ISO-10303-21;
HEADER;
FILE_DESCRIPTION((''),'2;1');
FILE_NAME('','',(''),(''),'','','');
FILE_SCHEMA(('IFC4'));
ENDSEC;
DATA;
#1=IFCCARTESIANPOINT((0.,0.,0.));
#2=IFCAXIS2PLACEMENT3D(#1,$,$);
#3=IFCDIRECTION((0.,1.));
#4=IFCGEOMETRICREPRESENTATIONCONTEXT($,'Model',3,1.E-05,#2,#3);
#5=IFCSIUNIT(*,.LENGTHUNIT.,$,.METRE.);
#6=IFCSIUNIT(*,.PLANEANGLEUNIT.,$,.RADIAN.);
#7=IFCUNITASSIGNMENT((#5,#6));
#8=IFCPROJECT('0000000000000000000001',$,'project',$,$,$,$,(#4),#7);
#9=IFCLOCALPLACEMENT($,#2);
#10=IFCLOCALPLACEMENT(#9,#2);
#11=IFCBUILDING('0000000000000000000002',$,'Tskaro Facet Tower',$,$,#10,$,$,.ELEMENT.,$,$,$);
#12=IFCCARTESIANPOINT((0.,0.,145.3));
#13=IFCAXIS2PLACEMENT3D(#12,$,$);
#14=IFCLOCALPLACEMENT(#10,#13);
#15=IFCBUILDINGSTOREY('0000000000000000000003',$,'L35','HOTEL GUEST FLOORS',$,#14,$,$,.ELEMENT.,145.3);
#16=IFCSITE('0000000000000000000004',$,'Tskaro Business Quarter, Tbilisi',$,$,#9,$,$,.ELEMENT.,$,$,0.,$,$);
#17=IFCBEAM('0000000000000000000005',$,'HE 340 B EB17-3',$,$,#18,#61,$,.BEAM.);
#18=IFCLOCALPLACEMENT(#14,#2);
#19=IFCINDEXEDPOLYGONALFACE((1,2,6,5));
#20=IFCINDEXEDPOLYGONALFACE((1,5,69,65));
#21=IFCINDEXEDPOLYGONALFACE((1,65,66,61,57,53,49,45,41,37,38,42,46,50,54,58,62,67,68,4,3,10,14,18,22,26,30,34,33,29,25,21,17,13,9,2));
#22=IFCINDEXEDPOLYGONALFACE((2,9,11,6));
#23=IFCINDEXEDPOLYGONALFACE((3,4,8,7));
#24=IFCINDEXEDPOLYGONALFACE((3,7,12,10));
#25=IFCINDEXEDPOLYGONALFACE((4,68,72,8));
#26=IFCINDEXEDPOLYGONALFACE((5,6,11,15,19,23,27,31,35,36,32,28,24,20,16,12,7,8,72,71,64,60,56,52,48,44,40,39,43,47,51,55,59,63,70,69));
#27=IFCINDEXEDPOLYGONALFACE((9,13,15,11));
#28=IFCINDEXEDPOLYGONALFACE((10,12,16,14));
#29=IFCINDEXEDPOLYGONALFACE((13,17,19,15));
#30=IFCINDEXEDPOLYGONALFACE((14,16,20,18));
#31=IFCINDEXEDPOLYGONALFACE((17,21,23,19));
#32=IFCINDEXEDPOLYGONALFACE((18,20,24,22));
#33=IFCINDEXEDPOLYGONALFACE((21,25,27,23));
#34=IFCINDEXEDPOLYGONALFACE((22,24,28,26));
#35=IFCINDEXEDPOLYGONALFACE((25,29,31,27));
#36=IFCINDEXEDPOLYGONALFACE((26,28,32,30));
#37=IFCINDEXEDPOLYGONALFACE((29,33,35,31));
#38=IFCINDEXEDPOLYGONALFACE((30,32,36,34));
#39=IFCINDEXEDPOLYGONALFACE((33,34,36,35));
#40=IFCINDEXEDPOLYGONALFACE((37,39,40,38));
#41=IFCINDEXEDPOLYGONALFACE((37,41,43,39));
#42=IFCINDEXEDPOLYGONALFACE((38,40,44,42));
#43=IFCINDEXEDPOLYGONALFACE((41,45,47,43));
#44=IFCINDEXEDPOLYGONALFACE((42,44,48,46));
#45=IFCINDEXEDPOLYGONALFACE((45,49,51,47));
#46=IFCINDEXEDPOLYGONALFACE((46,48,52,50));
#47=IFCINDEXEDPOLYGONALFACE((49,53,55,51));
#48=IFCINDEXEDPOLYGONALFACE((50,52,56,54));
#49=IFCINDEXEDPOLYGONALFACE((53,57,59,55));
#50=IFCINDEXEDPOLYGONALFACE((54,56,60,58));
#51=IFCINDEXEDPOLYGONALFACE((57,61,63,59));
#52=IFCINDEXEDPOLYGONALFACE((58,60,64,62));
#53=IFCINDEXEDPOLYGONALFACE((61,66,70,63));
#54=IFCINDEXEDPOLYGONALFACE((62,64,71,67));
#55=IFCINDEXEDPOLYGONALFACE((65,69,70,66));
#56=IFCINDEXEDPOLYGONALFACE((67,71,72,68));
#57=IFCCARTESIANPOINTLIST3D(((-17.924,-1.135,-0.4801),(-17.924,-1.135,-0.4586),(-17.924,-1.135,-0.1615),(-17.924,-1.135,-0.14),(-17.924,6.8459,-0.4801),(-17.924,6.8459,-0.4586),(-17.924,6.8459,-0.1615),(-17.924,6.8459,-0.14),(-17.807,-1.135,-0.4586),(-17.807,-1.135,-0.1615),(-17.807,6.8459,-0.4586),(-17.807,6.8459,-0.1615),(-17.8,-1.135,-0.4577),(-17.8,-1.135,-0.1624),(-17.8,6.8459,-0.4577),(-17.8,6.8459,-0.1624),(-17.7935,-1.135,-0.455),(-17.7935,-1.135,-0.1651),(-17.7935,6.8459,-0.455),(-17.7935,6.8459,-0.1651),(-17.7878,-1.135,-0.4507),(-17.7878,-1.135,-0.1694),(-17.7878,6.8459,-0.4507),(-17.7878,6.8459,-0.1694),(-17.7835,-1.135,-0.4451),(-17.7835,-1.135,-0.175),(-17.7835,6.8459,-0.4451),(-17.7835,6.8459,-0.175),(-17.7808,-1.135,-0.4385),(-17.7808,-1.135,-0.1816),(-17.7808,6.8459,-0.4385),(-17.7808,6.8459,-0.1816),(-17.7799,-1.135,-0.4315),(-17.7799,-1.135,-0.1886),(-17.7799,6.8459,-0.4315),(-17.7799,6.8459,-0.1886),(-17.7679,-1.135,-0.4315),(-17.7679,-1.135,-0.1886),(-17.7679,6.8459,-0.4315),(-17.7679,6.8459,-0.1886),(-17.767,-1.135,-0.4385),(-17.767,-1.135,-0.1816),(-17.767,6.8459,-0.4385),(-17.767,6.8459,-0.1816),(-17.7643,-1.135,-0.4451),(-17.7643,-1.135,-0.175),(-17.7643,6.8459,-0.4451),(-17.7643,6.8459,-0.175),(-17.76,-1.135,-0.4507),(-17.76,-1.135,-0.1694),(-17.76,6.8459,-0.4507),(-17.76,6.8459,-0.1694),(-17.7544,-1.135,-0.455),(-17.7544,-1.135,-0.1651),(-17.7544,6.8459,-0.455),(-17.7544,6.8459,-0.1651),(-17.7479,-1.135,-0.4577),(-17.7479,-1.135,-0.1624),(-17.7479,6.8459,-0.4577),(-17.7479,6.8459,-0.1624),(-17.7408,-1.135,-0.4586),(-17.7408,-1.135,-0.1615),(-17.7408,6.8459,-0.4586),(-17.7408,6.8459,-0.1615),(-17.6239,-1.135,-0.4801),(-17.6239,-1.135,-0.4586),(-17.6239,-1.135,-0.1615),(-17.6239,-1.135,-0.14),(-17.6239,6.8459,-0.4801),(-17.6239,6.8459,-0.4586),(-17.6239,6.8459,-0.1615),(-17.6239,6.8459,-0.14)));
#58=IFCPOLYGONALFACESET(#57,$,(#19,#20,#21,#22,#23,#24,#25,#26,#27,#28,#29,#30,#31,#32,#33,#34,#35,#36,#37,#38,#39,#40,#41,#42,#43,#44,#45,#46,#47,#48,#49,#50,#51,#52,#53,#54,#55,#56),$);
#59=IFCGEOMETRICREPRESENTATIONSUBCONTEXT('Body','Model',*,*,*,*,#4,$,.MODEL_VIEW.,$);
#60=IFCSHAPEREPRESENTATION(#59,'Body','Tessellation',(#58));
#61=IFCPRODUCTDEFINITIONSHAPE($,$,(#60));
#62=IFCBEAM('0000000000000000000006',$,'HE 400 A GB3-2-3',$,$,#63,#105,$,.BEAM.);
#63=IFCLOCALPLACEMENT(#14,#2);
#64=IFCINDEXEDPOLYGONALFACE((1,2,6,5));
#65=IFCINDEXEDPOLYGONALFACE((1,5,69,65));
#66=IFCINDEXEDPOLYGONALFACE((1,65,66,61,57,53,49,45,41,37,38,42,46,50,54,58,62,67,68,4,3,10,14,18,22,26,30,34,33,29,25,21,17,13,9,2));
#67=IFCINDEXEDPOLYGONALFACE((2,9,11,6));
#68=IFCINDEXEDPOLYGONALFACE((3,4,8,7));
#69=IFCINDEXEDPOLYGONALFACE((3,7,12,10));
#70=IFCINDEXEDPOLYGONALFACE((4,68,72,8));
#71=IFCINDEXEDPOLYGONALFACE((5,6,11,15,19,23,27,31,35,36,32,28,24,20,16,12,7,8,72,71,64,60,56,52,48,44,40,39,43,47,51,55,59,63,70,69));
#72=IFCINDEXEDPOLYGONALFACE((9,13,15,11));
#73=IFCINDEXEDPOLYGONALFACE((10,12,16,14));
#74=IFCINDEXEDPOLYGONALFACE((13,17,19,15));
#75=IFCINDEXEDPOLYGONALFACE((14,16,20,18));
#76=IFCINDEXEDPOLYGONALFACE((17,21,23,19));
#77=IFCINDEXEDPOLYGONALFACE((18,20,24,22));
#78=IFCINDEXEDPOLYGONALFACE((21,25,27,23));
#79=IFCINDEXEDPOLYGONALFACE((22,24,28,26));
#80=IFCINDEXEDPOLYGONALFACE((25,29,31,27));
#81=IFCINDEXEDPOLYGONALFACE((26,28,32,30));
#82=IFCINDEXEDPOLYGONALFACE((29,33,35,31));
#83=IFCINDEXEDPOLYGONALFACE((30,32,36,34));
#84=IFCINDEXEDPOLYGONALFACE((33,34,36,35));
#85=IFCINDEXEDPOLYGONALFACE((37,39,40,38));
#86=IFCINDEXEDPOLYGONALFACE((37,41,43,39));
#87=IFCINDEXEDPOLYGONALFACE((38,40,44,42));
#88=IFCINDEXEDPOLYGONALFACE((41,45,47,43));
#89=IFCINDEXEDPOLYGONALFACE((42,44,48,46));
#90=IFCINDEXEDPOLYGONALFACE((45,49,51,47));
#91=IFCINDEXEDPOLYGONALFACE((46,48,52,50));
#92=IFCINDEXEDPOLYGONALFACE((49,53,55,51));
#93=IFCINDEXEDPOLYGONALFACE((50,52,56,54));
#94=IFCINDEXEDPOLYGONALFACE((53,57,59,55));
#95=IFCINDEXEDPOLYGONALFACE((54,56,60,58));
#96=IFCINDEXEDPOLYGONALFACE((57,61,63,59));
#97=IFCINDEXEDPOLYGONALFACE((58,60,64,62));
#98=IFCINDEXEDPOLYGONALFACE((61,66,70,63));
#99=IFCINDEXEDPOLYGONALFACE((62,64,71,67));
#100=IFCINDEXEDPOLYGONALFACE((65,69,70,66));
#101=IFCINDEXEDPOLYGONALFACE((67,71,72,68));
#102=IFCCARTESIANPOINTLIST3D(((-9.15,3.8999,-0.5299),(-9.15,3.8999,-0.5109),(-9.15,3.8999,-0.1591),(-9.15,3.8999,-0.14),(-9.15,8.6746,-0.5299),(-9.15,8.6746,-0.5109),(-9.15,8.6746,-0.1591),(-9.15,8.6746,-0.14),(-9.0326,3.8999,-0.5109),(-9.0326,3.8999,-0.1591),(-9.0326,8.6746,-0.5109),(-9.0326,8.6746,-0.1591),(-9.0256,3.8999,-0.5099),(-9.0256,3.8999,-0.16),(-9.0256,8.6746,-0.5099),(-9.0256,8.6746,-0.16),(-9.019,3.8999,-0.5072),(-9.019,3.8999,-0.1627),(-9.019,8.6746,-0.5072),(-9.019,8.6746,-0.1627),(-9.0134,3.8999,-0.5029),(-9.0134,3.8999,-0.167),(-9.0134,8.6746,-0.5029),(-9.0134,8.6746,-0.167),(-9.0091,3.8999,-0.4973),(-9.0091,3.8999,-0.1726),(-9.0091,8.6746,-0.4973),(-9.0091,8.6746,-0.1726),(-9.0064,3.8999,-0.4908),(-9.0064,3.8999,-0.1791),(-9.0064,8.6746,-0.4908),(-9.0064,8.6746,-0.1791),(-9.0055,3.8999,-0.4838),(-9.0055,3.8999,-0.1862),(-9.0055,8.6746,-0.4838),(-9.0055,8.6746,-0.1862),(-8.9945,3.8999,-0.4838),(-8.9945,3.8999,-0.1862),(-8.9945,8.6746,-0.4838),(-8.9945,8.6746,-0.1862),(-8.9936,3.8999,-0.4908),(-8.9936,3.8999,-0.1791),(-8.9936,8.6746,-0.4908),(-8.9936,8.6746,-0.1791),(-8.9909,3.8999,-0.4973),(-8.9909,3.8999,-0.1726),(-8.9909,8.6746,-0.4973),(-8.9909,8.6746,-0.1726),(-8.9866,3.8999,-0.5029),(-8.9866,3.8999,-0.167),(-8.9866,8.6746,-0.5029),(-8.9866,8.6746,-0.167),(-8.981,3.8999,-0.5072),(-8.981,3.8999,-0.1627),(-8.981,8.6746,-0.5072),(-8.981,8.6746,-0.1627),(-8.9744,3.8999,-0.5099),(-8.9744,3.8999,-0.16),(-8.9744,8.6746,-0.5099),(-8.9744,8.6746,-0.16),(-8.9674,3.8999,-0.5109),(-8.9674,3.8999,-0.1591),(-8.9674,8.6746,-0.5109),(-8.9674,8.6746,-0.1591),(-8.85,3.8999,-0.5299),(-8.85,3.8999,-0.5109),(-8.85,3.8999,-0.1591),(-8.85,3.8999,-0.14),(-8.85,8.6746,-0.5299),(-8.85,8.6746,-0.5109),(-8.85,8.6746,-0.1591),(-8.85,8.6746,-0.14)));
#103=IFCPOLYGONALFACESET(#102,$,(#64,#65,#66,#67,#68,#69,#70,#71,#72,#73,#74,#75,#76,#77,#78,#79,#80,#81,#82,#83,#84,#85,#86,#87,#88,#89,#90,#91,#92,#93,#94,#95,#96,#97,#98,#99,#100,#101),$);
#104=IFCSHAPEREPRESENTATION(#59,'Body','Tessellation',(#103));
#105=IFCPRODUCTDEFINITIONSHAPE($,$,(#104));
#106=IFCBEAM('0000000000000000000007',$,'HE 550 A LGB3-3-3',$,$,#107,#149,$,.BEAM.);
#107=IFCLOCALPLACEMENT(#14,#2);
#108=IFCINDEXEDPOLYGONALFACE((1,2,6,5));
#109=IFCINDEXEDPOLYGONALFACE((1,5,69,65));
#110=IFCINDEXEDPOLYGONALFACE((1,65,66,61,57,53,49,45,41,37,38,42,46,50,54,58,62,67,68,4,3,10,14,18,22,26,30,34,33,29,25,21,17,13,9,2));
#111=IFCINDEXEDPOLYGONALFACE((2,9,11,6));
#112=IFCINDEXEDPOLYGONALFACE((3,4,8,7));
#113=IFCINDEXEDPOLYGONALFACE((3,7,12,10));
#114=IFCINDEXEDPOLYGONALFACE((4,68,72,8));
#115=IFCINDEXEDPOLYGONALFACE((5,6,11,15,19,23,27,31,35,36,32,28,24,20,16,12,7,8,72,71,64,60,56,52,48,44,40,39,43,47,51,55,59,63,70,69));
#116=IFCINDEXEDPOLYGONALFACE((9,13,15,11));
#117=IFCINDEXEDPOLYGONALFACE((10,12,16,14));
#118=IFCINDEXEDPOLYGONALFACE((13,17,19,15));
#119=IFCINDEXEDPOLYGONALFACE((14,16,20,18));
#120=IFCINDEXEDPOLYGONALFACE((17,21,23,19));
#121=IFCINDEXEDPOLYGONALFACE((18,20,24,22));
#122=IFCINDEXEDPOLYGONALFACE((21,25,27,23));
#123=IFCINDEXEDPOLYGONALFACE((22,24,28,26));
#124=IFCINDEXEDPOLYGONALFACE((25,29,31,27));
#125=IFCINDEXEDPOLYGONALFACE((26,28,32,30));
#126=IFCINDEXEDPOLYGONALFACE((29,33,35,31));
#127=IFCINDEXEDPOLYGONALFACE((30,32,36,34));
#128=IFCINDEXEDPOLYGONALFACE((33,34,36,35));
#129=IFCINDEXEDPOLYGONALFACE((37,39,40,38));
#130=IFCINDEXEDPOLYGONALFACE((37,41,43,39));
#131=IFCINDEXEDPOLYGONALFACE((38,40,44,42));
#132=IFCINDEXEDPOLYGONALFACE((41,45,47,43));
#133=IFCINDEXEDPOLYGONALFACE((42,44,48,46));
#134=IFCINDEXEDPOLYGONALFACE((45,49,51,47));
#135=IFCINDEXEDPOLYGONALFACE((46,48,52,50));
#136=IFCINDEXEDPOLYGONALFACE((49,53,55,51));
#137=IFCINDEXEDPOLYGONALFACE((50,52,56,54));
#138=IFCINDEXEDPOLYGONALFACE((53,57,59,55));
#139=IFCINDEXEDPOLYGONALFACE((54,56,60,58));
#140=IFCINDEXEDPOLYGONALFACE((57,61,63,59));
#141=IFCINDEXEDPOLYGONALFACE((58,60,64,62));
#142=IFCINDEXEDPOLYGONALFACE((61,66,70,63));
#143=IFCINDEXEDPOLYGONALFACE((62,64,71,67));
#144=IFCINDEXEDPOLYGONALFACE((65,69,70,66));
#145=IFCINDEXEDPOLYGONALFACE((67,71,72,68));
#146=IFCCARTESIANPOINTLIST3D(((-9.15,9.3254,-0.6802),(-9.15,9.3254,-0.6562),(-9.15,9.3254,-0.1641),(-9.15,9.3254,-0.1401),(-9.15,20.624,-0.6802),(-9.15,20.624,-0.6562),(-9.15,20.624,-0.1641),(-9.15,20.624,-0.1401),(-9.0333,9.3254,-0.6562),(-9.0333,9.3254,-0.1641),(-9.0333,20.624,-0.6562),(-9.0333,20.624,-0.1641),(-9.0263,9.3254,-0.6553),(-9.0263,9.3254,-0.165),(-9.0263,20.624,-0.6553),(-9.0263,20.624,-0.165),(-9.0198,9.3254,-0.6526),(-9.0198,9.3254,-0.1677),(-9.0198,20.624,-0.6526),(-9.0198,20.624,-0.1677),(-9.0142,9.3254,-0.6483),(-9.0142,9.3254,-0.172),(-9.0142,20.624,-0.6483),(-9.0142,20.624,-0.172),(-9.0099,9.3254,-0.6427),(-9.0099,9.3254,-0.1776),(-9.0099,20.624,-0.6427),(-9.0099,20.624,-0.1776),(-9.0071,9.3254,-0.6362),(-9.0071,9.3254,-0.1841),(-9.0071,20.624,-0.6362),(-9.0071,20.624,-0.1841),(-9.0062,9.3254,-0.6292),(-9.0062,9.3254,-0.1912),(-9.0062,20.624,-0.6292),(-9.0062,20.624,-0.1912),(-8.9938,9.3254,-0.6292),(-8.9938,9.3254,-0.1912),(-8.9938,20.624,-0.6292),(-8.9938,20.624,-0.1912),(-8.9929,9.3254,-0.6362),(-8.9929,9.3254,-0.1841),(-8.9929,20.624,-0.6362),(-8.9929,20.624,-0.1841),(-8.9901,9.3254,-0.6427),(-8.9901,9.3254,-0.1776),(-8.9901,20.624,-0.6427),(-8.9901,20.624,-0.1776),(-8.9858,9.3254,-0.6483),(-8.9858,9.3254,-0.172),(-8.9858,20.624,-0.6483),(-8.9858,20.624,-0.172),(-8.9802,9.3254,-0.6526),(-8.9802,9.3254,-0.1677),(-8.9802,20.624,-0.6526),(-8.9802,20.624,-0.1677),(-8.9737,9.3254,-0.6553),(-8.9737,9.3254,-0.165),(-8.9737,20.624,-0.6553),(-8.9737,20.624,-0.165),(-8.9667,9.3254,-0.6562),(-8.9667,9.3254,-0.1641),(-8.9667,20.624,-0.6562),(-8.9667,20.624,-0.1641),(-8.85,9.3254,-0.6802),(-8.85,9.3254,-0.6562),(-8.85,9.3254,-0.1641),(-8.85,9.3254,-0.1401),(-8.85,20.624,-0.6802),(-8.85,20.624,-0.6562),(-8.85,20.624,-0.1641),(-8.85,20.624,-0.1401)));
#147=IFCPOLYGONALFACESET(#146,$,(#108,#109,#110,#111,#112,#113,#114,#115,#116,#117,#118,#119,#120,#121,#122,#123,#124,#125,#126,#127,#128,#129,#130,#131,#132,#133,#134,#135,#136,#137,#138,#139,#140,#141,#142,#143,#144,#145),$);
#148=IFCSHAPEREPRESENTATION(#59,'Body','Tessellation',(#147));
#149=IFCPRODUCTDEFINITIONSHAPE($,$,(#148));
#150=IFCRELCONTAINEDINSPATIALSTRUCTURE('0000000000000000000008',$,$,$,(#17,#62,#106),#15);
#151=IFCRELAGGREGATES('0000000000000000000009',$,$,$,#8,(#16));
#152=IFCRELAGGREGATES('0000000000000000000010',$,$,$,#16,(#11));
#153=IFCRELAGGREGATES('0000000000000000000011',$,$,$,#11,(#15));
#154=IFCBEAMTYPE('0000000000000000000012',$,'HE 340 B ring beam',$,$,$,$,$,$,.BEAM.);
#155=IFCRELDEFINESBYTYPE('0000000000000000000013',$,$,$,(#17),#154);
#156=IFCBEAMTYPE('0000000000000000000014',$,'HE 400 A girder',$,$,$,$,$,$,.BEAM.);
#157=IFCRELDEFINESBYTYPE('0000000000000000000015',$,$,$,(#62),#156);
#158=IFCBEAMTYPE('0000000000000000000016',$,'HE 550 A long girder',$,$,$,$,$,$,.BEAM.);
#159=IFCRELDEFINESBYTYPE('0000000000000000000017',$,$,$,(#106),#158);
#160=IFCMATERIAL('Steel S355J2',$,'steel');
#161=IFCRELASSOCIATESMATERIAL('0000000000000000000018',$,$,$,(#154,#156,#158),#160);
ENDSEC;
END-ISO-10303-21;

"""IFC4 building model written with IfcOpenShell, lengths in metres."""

from ifc_helpers import new_model, si_unit, direction, frame, origin, origin_2d, place, context, subcontext, project, spatial, i_section, extrude, material, material_profile, profile_set, type_object, element, save


model = new_model("IFC4")

# Units and contexts
model_context = context("Model", 3, precision=1e-05, world=origin(), true_north=direction((0.0, 1.0)))
body_context = subcontext(model_context, "Body", "Model", "MODEL_VIEW")
ifc_project = project(units=[si_unit("LENGTHUNIT", "METRE"), si_unit("PLANEANGLEUNIT", "RADIAN")], contexts=[model_context])

# Site, building, storey
site_placement = place(None, origin())
site = spatial("IfcSite", under=ifc_project, at=site_placement, Name="Tskaro Business Quarter, Tbilisi", CompositionType="ELEMENT", RefElevation=0.0)
building_placement = place(site_placement, origin())
building = spatial("IfcBuilding", under=site, at=building_placement, Name="Tskaro Facet Tower", CompositionType="ELEMENT")
storey_placement = place(building_placement, frame((0.0, 0.0, 145.3)))
storey = spatial("IfcBuildingStorey", under=building, at=storey_placement, Name="L35", Description="HOTEL GUEST FLOORS", CompositionType="ELEMENT", Elevation=145.3)

# Beams
ifc_material_1 = material(Name="Steel S355J2", Category="steel")
ifc_material_profile_1 = material_profile(ifc_material_1, i_section(OverallWidth=0.3, OverallDepth=0.3401, WebThickness=0.012, FlangeThickness=0.0215, FilletRadius=0.0271, at=origin_2d()), Name="HE 340 B")
ifc_profile_set_1 = profile_set([ifc_material_profile_1], Name="Steel S355J2")
beam_type_1 = type_object("IfcBeamType", Name="HE 340 B ring beam", PredefinedType="BEAM", material=ifc_profile_set_1)
beam_1_placement = place(storey_placement, frame((-17.7739, 6.8459, -0.3101), z_axis=(0.0, -1.0, 0.0), x_axis=(1.0, 0.0, 0.0)))
element("IfcBeam", 1, at=beam_1_placement, inside=storey, type_object=beam_type_1, Name="HE 340 B EB17-3", PredefinedType="BEAM", context=body_context, shape_type="SweptSolid", body=[
    extrude(i_section(OverallWidth=0.3, OverallDepth=0.3401, WebThickness=0.012, FlangeThickness=0.0215, FilletRadius=0.0271, at=origin_2d()), origin(), (0.0, 0.0, 1.0), 7.981),
])
ifc_material_profile_2 = material_profile(ifc_material_1, i_section(OverallWidth=0.3, OverallDepth=0.3899, WebThickness=0.011, FlangeThickness=0.019, FilletRadius=0.0271, at=origin_2d()), Name="HE 400 A")
ifc_profile_set_2 = profile_set([ifc_material_profile_2], Name="Steel S355J2")
beam_type_2 = type_object("IfcBeamType", Name="HE 400 A girder", PredefinedType="BEAM", material=ifc_profile_set_2)
beam_2_placement = place(storey_placement, frame((-9.0, 3.8999, -0.335), z_axis=(0.0, 1.0, 0.0), x_axis=(-1.0, 0.0, 0.0)))
element("IfcBeam", 2, at=beam_2_placement, inside=storey, type_object=beam_type_2, Name="HE 400 A GB3-2-3", PredefinedType="BEAM", context=body_context, shape_type="SweptSolid", body=[
    extrude(i_section(OverallWidth=0.3, OverallDepth=0.3899, WebThickness=0.011, FlangeThickness=0.019, FilletRadius=0.0271, at=origin_2d()), origin(), (0.0, 0.0, 1.0), 4.7747),
])
ifc_material_profile_3 = material_profile(ifc_material_1, i_section(OverallWidth=0.3, OverallDepth=0.54, WebThickness=0.0125, FlangeThickness=0.0239, FilletRadius=0.0271, at=origin_2d()), Name="HE 550 A")
ifc_profile_set_3 = profile_set([ifc_material_profile_3], Name="Steel S355J2")
beam_type_3 = type_object("IfcBeamType", Name="HE 550 A long girder", PredefinedType="BEAM", material=ifc_profile_set_3)
beam_3_placement = place(storey_placement, frame((-9.0, 9.3254, -0.4102), z_axis=(0.0, 1.0, 0.0), x_axis=(-1.0, 0.0, 0.0)))
element("IfcBeam", 3, at=beam_3_placement, inside=storey, type_object=beam_type_3, Name="HE 550 A LGB3-3-3", PredefinedType="BEAM", context=body_context, shape_type="SweptSolid", body=[
    extrude(i_section(OverallWidth=0.3, OverallDepth=0.54, WebThickness=0.0125, FlangeThickness=0.0239, FilletRadius=0.0271, at=origin_2d()), origin(), (0.0, 0.0, 1.0), 11.2986),
])

save(model, "model.ifc")
